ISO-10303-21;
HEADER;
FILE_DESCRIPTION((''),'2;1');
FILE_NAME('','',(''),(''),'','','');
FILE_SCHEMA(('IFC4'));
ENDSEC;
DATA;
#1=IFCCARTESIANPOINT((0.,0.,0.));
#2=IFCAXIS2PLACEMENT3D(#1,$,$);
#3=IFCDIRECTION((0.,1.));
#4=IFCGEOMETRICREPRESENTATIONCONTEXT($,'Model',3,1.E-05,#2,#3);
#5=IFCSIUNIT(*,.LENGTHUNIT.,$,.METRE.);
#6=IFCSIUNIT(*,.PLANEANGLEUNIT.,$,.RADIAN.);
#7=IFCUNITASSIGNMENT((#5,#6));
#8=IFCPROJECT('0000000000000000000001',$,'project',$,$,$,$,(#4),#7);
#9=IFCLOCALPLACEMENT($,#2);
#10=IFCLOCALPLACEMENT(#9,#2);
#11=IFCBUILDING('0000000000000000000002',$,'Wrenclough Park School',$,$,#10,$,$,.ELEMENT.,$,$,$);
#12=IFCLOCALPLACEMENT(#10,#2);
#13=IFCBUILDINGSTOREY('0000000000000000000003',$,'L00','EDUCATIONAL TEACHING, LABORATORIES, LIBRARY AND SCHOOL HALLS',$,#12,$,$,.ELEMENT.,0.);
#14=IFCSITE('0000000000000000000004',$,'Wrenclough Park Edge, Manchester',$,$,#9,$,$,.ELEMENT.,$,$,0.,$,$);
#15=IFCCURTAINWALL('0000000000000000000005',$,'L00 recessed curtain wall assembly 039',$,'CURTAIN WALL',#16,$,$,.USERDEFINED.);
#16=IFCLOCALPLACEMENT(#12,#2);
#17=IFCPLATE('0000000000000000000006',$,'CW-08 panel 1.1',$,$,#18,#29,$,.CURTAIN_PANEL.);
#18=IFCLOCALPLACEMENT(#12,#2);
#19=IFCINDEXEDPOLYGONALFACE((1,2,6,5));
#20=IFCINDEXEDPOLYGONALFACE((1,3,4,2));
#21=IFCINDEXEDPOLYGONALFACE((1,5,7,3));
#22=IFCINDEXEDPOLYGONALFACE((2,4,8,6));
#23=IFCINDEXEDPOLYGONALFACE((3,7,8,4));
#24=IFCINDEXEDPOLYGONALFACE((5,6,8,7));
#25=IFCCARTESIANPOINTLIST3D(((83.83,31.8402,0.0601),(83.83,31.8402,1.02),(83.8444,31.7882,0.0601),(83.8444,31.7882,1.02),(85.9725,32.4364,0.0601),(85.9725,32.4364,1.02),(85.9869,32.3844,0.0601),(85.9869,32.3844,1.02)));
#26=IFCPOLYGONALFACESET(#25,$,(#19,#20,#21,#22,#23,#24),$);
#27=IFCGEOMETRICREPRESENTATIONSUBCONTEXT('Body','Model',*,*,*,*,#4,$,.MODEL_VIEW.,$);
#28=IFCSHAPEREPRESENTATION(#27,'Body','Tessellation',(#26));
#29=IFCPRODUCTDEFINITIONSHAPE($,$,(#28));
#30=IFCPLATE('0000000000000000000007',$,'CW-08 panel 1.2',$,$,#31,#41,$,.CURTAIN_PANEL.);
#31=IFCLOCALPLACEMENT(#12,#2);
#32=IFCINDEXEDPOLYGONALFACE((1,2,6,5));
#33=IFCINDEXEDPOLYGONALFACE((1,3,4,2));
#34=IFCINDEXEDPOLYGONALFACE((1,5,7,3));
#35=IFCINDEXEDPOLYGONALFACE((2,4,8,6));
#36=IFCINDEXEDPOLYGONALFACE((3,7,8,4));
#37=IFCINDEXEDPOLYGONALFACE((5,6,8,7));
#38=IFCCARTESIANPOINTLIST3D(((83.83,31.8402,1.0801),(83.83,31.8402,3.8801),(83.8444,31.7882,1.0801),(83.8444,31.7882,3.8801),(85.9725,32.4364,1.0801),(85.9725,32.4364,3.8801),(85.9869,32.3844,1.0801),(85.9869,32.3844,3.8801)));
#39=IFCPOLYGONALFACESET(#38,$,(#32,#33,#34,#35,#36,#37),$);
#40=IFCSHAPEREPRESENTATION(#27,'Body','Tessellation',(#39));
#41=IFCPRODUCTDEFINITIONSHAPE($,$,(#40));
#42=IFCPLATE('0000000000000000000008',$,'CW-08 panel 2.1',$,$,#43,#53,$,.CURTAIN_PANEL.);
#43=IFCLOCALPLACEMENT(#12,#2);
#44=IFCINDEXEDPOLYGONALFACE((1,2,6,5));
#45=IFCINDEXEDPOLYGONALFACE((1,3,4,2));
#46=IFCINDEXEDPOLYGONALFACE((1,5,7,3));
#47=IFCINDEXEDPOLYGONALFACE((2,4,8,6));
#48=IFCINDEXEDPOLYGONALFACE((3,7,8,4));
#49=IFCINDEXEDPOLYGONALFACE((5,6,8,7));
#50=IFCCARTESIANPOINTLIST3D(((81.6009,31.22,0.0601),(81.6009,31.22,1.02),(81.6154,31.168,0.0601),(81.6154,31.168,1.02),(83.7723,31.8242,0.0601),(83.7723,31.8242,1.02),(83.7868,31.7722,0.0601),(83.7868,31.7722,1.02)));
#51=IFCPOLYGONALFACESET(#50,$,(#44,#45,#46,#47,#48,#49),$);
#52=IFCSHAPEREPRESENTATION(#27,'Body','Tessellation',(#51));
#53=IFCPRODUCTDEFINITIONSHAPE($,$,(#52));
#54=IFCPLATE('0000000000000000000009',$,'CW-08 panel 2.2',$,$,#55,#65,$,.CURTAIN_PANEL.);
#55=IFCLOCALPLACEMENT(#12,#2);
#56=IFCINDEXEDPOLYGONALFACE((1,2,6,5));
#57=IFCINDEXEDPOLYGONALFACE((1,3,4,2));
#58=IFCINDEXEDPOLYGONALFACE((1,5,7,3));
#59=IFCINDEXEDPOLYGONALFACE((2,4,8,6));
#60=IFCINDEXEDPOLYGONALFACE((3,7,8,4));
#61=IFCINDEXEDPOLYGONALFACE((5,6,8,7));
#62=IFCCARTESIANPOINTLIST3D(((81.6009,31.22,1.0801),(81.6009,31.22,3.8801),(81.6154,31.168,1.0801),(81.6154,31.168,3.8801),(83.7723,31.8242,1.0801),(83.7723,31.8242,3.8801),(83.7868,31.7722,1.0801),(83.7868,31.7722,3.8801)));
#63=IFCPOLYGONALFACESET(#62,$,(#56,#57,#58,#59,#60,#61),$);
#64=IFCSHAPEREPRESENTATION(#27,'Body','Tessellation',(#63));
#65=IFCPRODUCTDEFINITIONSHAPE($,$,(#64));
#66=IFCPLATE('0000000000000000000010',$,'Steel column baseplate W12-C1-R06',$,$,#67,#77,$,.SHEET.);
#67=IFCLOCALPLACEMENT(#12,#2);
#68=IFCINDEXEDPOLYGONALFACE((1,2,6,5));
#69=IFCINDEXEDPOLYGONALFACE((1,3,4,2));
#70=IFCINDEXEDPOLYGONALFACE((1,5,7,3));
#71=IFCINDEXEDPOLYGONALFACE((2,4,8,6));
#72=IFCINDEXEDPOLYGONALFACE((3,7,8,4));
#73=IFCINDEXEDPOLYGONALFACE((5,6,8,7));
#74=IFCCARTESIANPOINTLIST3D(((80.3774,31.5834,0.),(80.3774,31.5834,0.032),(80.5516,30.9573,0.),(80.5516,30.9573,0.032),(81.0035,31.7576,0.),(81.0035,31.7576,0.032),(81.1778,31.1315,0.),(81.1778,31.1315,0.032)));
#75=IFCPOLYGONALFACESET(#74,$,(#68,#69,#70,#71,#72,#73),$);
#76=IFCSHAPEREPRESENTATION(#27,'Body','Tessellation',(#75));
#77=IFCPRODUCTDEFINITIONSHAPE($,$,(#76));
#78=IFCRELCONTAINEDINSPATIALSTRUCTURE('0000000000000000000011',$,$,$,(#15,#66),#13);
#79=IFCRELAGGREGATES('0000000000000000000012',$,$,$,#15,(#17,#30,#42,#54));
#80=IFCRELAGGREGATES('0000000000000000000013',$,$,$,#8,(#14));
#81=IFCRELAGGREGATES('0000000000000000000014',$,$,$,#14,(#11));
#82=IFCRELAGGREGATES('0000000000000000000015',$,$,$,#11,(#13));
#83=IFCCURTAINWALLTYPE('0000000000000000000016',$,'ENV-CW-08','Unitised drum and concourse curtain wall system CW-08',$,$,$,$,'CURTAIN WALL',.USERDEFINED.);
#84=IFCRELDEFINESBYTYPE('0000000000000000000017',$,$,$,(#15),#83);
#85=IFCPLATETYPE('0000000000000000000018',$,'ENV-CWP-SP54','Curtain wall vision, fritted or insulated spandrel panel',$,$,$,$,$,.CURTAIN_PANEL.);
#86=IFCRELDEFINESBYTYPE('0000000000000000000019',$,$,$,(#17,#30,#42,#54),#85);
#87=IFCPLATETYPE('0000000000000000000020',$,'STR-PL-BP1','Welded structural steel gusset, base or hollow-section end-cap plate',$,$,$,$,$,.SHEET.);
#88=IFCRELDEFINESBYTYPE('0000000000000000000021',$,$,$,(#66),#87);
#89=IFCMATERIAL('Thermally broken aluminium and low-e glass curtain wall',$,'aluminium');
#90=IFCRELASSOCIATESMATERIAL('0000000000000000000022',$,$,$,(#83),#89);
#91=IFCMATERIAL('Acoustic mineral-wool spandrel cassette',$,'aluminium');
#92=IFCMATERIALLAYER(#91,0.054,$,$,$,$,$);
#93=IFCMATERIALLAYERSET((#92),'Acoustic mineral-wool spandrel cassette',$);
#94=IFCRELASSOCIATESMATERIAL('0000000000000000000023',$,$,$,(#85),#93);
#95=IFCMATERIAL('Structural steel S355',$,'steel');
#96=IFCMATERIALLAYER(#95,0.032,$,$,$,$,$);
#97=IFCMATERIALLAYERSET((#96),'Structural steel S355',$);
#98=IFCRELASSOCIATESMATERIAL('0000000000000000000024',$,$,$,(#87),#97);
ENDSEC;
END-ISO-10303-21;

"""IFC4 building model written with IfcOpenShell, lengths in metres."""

from ifc_helpers import new_model, si_unit, direction, frame, origin, origin_2d, place, context, subcontext, project, spatial, rectangle, extrude, material, layer, layer_set, type_object, element, aggregate, save


model = new_model("IFC4")

# Units and contexts
model_context = context("Model", 3, precision=1e-05, world=origin(), true_north=direction((0.0, 1.0)))
body_context = subcontext(model_context, "Body", "Model", "MODEL_VIEW")
ifc_project = project(units=[si_unit("LENGTHUNIT", "METRE"), si_unit("PLANEANGLEUNIT", "RADIAN")], contexts=[model_context])

# Site, building, storey
site_placement = place(None, origin())
site = spatial("IfcSite", under=ifc_project, at=site_placement, Name="Wrenclough Park Edge, Manchester", CompositionType="ELEMENT", RefElevation=0.0)
building_placement = place(site_placement, origin())
building = spatial("IfcBuilding", under=site, at=building_placement, Name="Wrenclough Park School", CompositionType="ELEMENT")
storey_placement = place(building_placement, origin())
storey = spatial("IfcBuildingStorey", under=building, at=storey_placement, Name="L00", Description="EDUCATIONAL TEACHING, LABORATORIES, LIBRARY AND SCHOOL HALLS", CompositionType="ELEMENT", Elevation=0.0)

# Shared definitions
ifc_material_1 = material(Name="Structural steel S355", Category="steel")

# Curtain wall
ifc_material_2 = material(Name="Thermally broken aluminium and low-e glass curtain wall", Category="aluminium")
curtain_wall_type_1 = type_object("IfcCurtainWallType", Name="ENV-CW-08", Description="Unitised drum and concourse curtain wall system CW-08", ElementType="CURTAIN WALL", PredefinedType="USERDEFINED", material=ifc_material_2)
curtain_wall_1_placement = place(storey_placement, origin())
curtain_wall_1 = element("IfcCurtainWall", 1, at=curtain_wall_1_placement, inside=storey, type_object=curtain_wall_type_1, Name="L00 recessed curtain wall assembly 039", ObjectType="CURTAIN WALL", PredefinedType="USERDEFINED")

# Plates
ifc_material_3 = material(Name="Acoustic mineral-wool spandrel cassette", Category="aluminium")
ifc_layer_1 = layer(ifc_material_3, 0.054)
ifc_layer_set_1 = layer_set([ifc_layer_1], Name="Acoustic mineral-wool spandrel cassette")
plate_type_1 = type_object("IfcPlateType", Name="ENV-CWP-SP54", Description="Curtain wall vision, fritted or insulated spandrel panel", PredefinedType="CURTAIN_PANEL", material=ifc_layer_set_1)
plate_1_placement = place(storey_placement, frame((84.9084, 32.1123, 0.0601), z_axis=(0.0, 0.0, 1.0), x_axis=(-0.963399, -0.268073, 0.0)))
plate_1 = element("IfcPlate", 2, at=plate_1_placement, type_object=plate_type_1, Name="CW-08 panel 1.1", PredefinedType="CURTAIN_PANEL", context=body_context, shape_type="SweptSolid", body=[
    extrude(rectangle(XDim=2.2239, YDim=0.054, at=origin_2d()), origin(), (0.0, 0.0, 1.0), 0.96),
])
plate_2_placement = place(storey_placement, frame((84.9084, 32.1123, 1.0801), z_axis=(0.0, 0.0, 1.0), x_axis=(-0.963399, -0.268073, 0.0)))
plate_2 = element("IfcPlate", 3, at=plate_2_placement, type_object=plate_type_1, Name="CW-08 panel 1.2", PredefinedType="CURTAIN_PANEL", context=body_context, shape_type="SweptSolid", body=[
    extrude(rectangle(XDim=2.2239, YDim=0.054, at=origin_2d()), origin(), (0.0, 0.0, 1.0), 2.8),
])
plate_3_placement = place(storey_placement, frame((82.6938, 31.4961, 0.0601), z_axis=(0.0, 0.0, 1.0), x_axis=(-0.963399, -0.268073, 0.0)))
plate_3 = element("IfcPlate", 4, at=plate_3_placement, type_object=plate_type_1, Name="CW-08 panel 2.1", PredefinedType="CURTAIN_PANEL", context=body_context, shape_type="SweptSolid", body=[
    extrude(rectangle(XDim=2.2539, YDim=0.054, at=origin_2d()), origin(), (0.0, 0.0, 1.0), 0.96),
])
plate_4_placement = place(storey_placement, frame((82.6938, 31.4961, 1.0801), z_axis=(0.0, 0.0, 1.0), x_axis=(-0.963399, -0.268073, 0.0)))
plate_4 = element("IfcPlate", 5, at=plate_4_placement, type_object=plate_type_1, Name="CW-08 panel 2.2", PredefinedType="CURTAIN_PANEL", context=body_context, shape_type="SweptSolid", body=[
    extrude(rectangle(XDim=2.2539, YDim=0.054, at=origin_2d()), origin(), (0.0, 0.0, 1.0), 2.8),
])
aggregate(curtain_wall_1, [plate_1, plate_2, plate_3, plate_4])
ifc_layer_2 = layer(ifc_material_1, 0.032)
ifc_layer_set_2 = layer_set([ifc_layer_2], Name="Structural steel S355")
plate_type_2 = type_object("IfcPlateType", Name="STR-PL-BP1", Description="Welded structural steel gusset, base or hollow-section end-cap plate", PredefinedType="SHEET", material=ifc_layer_set_2)
plate_5_placement = place(storey_placement, frame((80.7776, 31.3574, 0.0), z_axis=(0.0, 0.0, 1.0), x_axis=(0.963397, 0.268079, 0.0)))
element("IfcPlate", 6, at=plate_5_placement, inside=storey, type_object=plate_type_2, Name="Steel column baseplate W12-C1-R06", PredefinedType="SHEET", context=body_context, shape_type="SweptSolid", body=[
    extrude(rectangle(XDim=0.6499, YDim=0.6499, at=origin_2d()), origin(), (0.0, 0.0, 1.0), 0.032),
])

save(model, "model.ifc")
